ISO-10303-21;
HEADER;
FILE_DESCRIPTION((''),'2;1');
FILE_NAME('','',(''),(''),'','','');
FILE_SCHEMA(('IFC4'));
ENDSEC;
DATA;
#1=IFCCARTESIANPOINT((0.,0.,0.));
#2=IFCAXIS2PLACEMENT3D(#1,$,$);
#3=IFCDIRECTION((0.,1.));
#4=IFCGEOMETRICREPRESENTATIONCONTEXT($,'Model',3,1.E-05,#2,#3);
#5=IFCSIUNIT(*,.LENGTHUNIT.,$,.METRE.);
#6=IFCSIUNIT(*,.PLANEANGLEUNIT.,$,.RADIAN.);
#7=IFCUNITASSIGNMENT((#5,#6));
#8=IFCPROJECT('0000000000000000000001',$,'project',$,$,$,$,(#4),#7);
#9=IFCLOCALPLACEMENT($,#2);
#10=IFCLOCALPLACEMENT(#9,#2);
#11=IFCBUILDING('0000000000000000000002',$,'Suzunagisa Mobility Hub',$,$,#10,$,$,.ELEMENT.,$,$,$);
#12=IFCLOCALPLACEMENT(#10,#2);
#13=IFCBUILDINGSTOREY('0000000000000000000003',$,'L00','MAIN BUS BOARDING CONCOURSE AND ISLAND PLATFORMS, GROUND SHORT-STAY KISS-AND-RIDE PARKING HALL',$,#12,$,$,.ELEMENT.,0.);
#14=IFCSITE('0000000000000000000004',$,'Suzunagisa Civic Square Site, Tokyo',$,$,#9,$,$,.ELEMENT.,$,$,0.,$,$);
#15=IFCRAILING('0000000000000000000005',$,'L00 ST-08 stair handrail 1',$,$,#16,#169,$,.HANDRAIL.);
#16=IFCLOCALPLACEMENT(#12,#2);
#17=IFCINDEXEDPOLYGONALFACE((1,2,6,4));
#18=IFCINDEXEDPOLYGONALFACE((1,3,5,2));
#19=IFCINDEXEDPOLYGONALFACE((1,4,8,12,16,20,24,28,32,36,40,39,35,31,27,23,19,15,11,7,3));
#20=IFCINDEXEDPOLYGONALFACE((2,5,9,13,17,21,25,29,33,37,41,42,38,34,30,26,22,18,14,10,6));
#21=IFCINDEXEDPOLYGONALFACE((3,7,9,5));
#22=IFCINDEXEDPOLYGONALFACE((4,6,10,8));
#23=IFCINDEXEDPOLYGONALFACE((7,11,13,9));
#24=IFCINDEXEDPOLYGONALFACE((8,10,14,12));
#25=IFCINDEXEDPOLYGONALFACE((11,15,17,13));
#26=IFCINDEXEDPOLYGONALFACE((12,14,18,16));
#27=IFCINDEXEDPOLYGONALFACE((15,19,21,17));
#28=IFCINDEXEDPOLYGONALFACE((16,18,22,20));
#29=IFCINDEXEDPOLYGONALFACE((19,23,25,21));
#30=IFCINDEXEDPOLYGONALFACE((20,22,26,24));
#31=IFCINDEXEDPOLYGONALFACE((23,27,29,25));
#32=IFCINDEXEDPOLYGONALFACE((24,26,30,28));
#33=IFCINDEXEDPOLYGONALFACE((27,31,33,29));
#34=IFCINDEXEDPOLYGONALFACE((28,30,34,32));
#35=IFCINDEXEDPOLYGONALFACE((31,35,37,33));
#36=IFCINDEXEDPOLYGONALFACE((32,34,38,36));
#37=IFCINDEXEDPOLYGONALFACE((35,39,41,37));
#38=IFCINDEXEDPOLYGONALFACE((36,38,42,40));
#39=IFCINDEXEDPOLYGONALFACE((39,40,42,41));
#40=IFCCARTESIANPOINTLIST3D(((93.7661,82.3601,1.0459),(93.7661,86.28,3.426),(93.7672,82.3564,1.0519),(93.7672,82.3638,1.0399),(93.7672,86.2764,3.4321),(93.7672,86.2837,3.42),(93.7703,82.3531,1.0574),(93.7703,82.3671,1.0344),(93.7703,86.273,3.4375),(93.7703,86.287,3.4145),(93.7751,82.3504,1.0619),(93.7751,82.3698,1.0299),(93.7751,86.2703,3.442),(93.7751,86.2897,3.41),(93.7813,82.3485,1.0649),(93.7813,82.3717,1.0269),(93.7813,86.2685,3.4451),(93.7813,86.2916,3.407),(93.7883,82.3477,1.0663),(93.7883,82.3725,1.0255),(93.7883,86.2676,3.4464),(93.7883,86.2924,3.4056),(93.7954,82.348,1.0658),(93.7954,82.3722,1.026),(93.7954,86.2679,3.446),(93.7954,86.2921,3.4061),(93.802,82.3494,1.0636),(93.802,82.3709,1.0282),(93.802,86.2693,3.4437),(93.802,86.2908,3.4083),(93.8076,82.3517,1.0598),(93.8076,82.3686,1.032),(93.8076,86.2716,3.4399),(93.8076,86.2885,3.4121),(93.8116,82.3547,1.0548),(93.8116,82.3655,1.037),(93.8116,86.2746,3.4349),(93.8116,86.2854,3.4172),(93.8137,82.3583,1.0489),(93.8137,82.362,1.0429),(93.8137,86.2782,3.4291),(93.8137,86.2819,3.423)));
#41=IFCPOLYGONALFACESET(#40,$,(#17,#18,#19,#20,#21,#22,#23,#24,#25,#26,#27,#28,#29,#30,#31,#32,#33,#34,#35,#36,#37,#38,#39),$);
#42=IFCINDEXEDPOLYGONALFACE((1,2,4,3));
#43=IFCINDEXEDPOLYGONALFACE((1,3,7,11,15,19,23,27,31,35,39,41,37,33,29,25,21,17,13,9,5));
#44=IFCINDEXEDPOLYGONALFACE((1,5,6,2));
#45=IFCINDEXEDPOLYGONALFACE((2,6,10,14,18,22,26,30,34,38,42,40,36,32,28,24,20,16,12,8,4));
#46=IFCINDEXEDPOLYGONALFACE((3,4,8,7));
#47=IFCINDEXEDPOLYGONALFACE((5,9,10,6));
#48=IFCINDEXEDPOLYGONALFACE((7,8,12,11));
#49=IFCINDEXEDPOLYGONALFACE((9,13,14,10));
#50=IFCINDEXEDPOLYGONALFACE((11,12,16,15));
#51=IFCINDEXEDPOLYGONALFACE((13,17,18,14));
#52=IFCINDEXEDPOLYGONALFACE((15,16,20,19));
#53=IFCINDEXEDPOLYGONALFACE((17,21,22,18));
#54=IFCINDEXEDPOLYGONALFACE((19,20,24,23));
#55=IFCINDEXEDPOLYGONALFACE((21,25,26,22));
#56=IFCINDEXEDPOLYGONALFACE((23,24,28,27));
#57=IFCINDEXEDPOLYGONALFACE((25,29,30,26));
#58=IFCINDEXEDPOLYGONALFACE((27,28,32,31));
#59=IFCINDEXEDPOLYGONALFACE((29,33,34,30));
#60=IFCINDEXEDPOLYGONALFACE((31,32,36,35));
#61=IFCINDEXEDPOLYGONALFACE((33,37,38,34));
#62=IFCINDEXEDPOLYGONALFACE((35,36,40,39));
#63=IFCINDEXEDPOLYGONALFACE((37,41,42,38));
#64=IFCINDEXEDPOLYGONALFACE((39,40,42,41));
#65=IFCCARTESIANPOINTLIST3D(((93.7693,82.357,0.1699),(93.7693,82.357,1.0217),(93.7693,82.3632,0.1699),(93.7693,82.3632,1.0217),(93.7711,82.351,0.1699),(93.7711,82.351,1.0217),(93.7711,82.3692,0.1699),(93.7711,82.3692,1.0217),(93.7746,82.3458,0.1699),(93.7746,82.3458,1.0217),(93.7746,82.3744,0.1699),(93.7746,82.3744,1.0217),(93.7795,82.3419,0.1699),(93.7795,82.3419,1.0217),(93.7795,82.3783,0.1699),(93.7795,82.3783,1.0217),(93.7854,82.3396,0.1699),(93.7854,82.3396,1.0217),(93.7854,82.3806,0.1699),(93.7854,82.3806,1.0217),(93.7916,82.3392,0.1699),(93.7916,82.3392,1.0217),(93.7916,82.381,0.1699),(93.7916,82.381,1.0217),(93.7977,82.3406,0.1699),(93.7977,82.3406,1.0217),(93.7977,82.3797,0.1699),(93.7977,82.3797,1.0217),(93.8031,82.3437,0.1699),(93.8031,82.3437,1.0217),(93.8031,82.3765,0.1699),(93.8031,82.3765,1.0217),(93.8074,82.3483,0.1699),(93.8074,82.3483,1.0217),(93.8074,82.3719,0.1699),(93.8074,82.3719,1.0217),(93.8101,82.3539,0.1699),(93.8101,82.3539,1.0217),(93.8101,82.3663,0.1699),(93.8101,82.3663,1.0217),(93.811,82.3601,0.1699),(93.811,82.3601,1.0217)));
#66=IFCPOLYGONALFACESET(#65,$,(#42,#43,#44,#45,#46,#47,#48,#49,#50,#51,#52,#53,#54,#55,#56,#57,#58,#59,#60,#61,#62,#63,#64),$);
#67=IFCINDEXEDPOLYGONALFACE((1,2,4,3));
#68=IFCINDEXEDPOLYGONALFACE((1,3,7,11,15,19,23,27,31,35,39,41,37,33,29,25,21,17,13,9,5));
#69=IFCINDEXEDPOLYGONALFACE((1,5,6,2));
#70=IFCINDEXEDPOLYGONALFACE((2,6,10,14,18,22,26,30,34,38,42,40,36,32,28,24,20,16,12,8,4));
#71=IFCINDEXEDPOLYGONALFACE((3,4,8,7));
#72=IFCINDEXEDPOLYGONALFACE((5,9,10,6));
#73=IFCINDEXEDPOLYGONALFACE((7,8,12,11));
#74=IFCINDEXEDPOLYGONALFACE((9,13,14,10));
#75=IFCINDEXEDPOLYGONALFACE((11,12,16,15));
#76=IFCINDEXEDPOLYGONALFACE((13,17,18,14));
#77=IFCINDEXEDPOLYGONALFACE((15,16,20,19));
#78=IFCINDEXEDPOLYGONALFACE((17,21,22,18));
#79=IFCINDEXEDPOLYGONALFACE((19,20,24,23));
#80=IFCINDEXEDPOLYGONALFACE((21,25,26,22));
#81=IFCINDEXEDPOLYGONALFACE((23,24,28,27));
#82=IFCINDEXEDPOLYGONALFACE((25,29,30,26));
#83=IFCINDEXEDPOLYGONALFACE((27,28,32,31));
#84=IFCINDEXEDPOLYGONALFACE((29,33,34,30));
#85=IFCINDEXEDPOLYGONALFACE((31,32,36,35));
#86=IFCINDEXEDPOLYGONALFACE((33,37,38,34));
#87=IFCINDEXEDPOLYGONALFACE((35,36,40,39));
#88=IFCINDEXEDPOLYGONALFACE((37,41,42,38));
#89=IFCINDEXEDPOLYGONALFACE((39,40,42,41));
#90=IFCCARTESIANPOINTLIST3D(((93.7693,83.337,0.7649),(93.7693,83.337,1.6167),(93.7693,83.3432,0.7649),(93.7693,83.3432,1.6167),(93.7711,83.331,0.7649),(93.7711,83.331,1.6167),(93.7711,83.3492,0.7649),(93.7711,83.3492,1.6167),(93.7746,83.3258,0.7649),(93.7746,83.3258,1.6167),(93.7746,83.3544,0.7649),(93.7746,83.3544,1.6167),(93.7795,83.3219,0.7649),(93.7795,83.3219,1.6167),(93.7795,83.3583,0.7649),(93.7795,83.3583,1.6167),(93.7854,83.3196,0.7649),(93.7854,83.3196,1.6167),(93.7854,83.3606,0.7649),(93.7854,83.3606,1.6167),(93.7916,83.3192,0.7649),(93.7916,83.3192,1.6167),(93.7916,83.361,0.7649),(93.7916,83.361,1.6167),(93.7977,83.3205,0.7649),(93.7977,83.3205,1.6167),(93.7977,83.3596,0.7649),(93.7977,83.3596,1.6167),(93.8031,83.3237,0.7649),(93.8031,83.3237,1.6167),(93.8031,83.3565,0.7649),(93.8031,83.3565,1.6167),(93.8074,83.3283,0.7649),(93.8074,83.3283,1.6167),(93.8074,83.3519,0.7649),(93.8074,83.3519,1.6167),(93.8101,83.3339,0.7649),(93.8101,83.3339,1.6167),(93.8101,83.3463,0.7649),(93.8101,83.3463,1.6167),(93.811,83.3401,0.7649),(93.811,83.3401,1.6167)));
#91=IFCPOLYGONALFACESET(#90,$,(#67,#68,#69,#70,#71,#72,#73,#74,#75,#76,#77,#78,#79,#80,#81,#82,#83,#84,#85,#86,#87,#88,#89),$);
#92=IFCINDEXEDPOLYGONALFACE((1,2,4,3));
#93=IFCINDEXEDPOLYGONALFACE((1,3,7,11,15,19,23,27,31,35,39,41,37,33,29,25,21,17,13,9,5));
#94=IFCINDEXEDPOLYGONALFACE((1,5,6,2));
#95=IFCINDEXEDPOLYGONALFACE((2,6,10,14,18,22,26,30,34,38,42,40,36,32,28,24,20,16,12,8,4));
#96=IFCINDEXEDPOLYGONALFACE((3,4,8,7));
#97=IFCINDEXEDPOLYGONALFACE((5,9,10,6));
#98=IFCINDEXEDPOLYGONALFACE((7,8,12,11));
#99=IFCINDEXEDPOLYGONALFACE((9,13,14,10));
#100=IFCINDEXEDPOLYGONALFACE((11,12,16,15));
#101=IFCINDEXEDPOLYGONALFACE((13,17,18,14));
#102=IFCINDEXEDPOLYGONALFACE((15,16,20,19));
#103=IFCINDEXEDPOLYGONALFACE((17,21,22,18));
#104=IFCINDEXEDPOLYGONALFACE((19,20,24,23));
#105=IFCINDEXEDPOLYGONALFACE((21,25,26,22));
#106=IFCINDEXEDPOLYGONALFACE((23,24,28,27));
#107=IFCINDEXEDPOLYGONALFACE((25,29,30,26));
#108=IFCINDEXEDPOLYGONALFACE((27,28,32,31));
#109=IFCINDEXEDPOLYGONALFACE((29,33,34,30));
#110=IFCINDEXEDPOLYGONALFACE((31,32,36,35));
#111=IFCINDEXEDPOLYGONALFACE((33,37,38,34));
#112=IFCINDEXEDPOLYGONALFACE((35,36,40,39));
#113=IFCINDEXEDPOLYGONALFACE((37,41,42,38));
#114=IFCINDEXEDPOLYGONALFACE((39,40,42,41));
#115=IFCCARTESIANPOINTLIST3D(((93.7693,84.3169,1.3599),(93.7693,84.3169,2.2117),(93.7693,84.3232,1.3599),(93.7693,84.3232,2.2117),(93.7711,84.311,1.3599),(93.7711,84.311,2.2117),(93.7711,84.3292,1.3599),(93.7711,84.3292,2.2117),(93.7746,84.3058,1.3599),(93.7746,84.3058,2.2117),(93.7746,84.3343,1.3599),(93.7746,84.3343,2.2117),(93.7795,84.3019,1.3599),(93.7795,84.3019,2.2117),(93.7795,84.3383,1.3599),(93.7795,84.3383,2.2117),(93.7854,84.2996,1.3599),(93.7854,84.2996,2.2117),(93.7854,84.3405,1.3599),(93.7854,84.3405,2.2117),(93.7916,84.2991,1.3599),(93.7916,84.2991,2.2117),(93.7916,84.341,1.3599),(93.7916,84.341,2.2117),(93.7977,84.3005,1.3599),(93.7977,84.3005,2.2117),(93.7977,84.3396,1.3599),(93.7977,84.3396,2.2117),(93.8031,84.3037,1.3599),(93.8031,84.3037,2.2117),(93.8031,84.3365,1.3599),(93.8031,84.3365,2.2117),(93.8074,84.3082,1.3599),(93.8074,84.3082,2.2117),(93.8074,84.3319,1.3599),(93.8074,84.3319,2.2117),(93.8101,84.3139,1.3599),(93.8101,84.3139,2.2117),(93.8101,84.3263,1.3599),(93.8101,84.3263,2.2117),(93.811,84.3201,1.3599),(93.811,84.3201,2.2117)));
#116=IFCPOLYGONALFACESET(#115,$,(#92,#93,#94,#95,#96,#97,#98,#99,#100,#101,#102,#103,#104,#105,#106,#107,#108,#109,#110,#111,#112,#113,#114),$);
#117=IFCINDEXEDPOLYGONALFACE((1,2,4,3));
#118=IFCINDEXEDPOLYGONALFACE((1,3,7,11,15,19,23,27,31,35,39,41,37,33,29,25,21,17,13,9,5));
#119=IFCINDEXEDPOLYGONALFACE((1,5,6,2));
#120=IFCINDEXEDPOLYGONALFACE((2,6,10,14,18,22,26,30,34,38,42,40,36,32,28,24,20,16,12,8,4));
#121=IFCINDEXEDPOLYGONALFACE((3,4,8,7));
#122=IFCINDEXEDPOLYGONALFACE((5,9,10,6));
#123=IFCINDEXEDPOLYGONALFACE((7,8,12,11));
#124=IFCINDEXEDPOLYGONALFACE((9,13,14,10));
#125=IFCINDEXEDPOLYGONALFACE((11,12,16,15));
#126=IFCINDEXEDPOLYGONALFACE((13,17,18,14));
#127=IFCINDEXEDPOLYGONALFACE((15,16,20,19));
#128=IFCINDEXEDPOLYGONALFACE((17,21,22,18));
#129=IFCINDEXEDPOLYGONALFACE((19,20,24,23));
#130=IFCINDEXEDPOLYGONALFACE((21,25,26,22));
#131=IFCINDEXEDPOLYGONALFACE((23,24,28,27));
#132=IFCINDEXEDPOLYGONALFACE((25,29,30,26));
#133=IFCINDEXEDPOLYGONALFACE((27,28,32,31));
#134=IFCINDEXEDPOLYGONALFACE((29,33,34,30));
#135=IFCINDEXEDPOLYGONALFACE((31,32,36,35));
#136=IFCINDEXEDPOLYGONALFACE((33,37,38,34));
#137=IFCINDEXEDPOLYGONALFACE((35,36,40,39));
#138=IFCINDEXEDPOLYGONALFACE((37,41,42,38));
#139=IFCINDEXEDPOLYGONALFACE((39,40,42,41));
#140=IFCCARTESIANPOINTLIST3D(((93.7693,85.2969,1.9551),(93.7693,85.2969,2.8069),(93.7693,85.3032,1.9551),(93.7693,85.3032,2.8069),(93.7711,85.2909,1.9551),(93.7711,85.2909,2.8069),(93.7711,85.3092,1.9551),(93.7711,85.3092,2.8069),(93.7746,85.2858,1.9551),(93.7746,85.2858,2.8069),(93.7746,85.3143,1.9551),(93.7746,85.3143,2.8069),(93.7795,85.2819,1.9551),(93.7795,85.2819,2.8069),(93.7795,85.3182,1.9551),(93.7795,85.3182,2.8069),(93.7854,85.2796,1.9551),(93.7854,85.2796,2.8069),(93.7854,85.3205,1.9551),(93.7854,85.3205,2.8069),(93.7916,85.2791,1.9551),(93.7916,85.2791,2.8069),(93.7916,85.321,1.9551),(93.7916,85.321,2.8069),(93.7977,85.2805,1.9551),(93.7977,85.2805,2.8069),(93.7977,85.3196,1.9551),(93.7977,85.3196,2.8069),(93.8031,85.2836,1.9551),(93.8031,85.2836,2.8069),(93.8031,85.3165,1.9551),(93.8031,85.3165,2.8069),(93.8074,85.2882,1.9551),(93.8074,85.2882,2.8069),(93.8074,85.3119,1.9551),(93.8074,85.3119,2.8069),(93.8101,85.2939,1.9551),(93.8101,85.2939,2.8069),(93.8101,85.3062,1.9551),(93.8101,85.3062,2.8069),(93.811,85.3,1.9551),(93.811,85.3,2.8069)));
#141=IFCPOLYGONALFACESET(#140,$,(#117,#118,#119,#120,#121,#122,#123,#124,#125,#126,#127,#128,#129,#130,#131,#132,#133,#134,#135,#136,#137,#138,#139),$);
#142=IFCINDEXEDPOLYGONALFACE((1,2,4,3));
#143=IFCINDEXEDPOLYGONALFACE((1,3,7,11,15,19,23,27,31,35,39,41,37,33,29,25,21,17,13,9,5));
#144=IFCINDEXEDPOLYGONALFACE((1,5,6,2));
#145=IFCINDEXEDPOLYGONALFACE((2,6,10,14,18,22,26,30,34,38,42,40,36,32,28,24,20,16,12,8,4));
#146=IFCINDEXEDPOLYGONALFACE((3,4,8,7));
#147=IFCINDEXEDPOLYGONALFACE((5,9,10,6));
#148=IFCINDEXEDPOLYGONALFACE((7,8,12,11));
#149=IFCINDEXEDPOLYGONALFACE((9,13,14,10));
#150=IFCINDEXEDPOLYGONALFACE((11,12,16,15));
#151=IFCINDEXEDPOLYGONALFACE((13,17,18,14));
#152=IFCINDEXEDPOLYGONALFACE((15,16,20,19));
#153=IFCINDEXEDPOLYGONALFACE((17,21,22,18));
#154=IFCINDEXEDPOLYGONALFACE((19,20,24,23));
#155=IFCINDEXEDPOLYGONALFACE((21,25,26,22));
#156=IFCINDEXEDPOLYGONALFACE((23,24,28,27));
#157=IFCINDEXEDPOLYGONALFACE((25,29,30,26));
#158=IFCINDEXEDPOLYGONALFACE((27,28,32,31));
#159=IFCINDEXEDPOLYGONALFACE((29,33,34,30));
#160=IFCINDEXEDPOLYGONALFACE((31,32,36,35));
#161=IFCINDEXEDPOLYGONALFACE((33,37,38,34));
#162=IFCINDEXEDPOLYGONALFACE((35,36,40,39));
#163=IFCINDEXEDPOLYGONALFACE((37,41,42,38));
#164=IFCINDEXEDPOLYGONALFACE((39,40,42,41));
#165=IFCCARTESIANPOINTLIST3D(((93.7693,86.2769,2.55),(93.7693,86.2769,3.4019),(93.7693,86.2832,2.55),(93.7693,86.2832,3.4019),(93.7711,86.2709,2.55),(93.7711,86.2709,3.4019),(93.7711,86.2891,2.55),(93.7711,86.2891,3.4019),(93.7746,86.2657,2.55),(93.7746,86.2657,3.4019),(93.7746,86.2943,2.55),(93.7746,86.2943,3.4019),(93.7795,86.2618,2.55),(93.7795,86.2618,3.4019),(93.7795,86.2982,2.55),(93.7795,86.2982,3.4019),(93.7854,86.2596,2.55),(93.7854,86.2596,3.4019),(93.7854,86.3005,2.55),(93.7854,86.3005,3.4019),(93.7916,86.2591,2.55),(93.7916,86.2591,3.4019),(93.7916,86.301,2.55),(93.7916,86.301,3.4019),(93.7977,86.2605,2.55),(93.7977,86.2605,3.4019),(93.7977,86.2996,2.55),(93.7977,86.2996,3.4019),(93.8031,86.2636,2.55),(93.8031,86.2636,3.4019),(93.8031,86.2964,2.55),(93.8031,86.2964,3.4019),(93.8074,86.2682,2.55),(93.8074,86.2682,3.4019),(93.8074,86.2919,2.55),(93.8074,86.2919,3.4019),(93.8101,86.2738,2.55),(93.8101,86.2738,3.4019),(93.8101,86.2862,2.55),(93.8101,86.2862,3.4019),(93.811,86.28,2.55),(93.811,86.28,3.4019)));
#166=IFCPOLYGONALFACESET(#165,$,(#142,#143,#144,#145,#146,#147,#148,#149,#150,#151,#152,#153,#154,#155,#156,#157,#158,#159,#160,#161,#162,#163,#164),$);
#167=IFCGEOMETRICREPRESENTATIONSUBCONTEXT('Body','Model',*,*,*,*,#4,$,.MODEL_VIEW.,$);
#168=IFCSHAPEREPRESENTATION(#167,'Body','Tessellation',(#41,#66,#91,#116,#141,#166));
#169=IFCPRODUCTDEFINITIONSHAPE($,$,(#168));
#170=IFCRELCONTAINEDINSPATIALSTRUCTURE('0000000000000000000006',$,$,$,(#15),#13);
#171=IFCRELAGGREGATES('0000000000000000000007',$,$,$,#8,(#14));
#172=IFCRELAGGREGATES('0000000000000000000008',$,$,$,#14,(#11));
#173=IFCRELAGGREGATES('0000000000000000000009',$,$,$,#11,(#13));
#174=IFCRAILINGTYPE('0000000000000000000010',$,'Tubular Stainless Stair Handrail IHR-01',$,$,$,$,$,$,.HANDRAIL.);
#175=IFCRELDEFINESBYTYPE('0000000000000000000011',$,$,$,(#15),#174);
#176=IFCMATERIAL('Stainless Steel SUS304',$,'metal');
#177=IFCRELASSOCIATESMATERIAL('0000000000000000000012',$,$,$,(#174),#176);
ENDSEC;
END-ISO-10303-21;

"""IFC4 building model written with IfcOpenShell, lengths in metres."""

from ifc_helpers import new_model, si_unit, direction, frame, origin, origin_2d, place, context, subcontext, project, spatial, circle, extrude, material, type_object, element, save


model = new_model("IFC4")

# Units and contexts
model_context = context("Model", 3, precision=1e-05, world=origin(), true_north=direction((0.0, 1.0)))
body_context = subcontext(model_context, "Body", "Model", "MODEL_VIEW")
ifc_project = project(units=[si_unit("LENGTHUNIT", "METRE"), si_unit("PLANEANGLEUNIT", "RADIAN")], contexts=[model_context])

# Site, building, storey
site_placement = place(None, origin())
site = spatial("IfcSite", under=ifc_project, at=site_placement, Name="Suzunagisa Civic Square Site, Tokyo", CompositionType="ELEMENT", RefElevation=0.0)
building_placement = place(site_placement, origin())
building = spatial("IfcBuilding", under=site, at=building_placement, Name="Suzunagisa Mobility Hub", CompositionType="ELEMENT")
storey_placement = place(building_placement, origin())
storey = spatial("IfcBuildingStorey", under=building, at=storey_placement, Name="L00", Description="MAIN BUS BOARDING CONCOURSE AND ISLAND PLATFORMS, GROUND SHORT-STAY KISS-AND-RIDE PARKING HALL", CompositionType="ELEMENT", Elevation=0.0)

# Railing
ifc_material_1 = material(Name="Stainless Steel SUS304", Category="metal")
railing_type_1 = type_object("IfcRailingType", Name="Tubular Stainless Stair Handrail IHR-01", PredefinedType="HANDRAIL", material=ifc_material_1)
railing_1_placement = place(storey_placement, frame((93.79, 82.3601, 0.1699)))
element("IfcRailing", 1, at=railing_1_placement, inside=storey, type_object=railing_type_1, Name="L00 ST-08 stair handrail 1", PredefinedType="HANDRAIL", context=body_context, shape_type="SweptSolid", body=[
    extrude(circle(Radius=0.0239, at=origin_2d()), frame((0.0, 0.0, 0.876), z_axis=(0.0, 0.854771, 0.519006), x_axis=(-1.0, 0.0, 0.0)), (0.0, 0.0, 1.0), 4.5859),
    extrude(circle(Radius=0.021, at=origin_2d()), origin(), (0.0, 0.0, 1.0), 0.8518),
    extrude(circle(Radius=0.021, at=origin_2d()), frame((0.0, 0.98, 0.595)), (0.0, 0.0, 1.0), 0.8518),
    extrude(circle(Radius=0.021, at=origin_2d()), frame((0.0, 1.96, 1.1899)), (0.0, 0.0, 1.0), 0.8518),
    extrude(circle(Radius=0.021, at=origin_2d()), frame((0.0, 2.9399, 1.7852)), (0.0, 0.0, 1.0), 0.8518),
    extrude(circle(Radius=0.021, at=origin_2d()), frame((0.0, 3.9199, 2.3801)), (0.0, 0.0, 1.0), 0.8518),
])

save(model, "model.ifc")
